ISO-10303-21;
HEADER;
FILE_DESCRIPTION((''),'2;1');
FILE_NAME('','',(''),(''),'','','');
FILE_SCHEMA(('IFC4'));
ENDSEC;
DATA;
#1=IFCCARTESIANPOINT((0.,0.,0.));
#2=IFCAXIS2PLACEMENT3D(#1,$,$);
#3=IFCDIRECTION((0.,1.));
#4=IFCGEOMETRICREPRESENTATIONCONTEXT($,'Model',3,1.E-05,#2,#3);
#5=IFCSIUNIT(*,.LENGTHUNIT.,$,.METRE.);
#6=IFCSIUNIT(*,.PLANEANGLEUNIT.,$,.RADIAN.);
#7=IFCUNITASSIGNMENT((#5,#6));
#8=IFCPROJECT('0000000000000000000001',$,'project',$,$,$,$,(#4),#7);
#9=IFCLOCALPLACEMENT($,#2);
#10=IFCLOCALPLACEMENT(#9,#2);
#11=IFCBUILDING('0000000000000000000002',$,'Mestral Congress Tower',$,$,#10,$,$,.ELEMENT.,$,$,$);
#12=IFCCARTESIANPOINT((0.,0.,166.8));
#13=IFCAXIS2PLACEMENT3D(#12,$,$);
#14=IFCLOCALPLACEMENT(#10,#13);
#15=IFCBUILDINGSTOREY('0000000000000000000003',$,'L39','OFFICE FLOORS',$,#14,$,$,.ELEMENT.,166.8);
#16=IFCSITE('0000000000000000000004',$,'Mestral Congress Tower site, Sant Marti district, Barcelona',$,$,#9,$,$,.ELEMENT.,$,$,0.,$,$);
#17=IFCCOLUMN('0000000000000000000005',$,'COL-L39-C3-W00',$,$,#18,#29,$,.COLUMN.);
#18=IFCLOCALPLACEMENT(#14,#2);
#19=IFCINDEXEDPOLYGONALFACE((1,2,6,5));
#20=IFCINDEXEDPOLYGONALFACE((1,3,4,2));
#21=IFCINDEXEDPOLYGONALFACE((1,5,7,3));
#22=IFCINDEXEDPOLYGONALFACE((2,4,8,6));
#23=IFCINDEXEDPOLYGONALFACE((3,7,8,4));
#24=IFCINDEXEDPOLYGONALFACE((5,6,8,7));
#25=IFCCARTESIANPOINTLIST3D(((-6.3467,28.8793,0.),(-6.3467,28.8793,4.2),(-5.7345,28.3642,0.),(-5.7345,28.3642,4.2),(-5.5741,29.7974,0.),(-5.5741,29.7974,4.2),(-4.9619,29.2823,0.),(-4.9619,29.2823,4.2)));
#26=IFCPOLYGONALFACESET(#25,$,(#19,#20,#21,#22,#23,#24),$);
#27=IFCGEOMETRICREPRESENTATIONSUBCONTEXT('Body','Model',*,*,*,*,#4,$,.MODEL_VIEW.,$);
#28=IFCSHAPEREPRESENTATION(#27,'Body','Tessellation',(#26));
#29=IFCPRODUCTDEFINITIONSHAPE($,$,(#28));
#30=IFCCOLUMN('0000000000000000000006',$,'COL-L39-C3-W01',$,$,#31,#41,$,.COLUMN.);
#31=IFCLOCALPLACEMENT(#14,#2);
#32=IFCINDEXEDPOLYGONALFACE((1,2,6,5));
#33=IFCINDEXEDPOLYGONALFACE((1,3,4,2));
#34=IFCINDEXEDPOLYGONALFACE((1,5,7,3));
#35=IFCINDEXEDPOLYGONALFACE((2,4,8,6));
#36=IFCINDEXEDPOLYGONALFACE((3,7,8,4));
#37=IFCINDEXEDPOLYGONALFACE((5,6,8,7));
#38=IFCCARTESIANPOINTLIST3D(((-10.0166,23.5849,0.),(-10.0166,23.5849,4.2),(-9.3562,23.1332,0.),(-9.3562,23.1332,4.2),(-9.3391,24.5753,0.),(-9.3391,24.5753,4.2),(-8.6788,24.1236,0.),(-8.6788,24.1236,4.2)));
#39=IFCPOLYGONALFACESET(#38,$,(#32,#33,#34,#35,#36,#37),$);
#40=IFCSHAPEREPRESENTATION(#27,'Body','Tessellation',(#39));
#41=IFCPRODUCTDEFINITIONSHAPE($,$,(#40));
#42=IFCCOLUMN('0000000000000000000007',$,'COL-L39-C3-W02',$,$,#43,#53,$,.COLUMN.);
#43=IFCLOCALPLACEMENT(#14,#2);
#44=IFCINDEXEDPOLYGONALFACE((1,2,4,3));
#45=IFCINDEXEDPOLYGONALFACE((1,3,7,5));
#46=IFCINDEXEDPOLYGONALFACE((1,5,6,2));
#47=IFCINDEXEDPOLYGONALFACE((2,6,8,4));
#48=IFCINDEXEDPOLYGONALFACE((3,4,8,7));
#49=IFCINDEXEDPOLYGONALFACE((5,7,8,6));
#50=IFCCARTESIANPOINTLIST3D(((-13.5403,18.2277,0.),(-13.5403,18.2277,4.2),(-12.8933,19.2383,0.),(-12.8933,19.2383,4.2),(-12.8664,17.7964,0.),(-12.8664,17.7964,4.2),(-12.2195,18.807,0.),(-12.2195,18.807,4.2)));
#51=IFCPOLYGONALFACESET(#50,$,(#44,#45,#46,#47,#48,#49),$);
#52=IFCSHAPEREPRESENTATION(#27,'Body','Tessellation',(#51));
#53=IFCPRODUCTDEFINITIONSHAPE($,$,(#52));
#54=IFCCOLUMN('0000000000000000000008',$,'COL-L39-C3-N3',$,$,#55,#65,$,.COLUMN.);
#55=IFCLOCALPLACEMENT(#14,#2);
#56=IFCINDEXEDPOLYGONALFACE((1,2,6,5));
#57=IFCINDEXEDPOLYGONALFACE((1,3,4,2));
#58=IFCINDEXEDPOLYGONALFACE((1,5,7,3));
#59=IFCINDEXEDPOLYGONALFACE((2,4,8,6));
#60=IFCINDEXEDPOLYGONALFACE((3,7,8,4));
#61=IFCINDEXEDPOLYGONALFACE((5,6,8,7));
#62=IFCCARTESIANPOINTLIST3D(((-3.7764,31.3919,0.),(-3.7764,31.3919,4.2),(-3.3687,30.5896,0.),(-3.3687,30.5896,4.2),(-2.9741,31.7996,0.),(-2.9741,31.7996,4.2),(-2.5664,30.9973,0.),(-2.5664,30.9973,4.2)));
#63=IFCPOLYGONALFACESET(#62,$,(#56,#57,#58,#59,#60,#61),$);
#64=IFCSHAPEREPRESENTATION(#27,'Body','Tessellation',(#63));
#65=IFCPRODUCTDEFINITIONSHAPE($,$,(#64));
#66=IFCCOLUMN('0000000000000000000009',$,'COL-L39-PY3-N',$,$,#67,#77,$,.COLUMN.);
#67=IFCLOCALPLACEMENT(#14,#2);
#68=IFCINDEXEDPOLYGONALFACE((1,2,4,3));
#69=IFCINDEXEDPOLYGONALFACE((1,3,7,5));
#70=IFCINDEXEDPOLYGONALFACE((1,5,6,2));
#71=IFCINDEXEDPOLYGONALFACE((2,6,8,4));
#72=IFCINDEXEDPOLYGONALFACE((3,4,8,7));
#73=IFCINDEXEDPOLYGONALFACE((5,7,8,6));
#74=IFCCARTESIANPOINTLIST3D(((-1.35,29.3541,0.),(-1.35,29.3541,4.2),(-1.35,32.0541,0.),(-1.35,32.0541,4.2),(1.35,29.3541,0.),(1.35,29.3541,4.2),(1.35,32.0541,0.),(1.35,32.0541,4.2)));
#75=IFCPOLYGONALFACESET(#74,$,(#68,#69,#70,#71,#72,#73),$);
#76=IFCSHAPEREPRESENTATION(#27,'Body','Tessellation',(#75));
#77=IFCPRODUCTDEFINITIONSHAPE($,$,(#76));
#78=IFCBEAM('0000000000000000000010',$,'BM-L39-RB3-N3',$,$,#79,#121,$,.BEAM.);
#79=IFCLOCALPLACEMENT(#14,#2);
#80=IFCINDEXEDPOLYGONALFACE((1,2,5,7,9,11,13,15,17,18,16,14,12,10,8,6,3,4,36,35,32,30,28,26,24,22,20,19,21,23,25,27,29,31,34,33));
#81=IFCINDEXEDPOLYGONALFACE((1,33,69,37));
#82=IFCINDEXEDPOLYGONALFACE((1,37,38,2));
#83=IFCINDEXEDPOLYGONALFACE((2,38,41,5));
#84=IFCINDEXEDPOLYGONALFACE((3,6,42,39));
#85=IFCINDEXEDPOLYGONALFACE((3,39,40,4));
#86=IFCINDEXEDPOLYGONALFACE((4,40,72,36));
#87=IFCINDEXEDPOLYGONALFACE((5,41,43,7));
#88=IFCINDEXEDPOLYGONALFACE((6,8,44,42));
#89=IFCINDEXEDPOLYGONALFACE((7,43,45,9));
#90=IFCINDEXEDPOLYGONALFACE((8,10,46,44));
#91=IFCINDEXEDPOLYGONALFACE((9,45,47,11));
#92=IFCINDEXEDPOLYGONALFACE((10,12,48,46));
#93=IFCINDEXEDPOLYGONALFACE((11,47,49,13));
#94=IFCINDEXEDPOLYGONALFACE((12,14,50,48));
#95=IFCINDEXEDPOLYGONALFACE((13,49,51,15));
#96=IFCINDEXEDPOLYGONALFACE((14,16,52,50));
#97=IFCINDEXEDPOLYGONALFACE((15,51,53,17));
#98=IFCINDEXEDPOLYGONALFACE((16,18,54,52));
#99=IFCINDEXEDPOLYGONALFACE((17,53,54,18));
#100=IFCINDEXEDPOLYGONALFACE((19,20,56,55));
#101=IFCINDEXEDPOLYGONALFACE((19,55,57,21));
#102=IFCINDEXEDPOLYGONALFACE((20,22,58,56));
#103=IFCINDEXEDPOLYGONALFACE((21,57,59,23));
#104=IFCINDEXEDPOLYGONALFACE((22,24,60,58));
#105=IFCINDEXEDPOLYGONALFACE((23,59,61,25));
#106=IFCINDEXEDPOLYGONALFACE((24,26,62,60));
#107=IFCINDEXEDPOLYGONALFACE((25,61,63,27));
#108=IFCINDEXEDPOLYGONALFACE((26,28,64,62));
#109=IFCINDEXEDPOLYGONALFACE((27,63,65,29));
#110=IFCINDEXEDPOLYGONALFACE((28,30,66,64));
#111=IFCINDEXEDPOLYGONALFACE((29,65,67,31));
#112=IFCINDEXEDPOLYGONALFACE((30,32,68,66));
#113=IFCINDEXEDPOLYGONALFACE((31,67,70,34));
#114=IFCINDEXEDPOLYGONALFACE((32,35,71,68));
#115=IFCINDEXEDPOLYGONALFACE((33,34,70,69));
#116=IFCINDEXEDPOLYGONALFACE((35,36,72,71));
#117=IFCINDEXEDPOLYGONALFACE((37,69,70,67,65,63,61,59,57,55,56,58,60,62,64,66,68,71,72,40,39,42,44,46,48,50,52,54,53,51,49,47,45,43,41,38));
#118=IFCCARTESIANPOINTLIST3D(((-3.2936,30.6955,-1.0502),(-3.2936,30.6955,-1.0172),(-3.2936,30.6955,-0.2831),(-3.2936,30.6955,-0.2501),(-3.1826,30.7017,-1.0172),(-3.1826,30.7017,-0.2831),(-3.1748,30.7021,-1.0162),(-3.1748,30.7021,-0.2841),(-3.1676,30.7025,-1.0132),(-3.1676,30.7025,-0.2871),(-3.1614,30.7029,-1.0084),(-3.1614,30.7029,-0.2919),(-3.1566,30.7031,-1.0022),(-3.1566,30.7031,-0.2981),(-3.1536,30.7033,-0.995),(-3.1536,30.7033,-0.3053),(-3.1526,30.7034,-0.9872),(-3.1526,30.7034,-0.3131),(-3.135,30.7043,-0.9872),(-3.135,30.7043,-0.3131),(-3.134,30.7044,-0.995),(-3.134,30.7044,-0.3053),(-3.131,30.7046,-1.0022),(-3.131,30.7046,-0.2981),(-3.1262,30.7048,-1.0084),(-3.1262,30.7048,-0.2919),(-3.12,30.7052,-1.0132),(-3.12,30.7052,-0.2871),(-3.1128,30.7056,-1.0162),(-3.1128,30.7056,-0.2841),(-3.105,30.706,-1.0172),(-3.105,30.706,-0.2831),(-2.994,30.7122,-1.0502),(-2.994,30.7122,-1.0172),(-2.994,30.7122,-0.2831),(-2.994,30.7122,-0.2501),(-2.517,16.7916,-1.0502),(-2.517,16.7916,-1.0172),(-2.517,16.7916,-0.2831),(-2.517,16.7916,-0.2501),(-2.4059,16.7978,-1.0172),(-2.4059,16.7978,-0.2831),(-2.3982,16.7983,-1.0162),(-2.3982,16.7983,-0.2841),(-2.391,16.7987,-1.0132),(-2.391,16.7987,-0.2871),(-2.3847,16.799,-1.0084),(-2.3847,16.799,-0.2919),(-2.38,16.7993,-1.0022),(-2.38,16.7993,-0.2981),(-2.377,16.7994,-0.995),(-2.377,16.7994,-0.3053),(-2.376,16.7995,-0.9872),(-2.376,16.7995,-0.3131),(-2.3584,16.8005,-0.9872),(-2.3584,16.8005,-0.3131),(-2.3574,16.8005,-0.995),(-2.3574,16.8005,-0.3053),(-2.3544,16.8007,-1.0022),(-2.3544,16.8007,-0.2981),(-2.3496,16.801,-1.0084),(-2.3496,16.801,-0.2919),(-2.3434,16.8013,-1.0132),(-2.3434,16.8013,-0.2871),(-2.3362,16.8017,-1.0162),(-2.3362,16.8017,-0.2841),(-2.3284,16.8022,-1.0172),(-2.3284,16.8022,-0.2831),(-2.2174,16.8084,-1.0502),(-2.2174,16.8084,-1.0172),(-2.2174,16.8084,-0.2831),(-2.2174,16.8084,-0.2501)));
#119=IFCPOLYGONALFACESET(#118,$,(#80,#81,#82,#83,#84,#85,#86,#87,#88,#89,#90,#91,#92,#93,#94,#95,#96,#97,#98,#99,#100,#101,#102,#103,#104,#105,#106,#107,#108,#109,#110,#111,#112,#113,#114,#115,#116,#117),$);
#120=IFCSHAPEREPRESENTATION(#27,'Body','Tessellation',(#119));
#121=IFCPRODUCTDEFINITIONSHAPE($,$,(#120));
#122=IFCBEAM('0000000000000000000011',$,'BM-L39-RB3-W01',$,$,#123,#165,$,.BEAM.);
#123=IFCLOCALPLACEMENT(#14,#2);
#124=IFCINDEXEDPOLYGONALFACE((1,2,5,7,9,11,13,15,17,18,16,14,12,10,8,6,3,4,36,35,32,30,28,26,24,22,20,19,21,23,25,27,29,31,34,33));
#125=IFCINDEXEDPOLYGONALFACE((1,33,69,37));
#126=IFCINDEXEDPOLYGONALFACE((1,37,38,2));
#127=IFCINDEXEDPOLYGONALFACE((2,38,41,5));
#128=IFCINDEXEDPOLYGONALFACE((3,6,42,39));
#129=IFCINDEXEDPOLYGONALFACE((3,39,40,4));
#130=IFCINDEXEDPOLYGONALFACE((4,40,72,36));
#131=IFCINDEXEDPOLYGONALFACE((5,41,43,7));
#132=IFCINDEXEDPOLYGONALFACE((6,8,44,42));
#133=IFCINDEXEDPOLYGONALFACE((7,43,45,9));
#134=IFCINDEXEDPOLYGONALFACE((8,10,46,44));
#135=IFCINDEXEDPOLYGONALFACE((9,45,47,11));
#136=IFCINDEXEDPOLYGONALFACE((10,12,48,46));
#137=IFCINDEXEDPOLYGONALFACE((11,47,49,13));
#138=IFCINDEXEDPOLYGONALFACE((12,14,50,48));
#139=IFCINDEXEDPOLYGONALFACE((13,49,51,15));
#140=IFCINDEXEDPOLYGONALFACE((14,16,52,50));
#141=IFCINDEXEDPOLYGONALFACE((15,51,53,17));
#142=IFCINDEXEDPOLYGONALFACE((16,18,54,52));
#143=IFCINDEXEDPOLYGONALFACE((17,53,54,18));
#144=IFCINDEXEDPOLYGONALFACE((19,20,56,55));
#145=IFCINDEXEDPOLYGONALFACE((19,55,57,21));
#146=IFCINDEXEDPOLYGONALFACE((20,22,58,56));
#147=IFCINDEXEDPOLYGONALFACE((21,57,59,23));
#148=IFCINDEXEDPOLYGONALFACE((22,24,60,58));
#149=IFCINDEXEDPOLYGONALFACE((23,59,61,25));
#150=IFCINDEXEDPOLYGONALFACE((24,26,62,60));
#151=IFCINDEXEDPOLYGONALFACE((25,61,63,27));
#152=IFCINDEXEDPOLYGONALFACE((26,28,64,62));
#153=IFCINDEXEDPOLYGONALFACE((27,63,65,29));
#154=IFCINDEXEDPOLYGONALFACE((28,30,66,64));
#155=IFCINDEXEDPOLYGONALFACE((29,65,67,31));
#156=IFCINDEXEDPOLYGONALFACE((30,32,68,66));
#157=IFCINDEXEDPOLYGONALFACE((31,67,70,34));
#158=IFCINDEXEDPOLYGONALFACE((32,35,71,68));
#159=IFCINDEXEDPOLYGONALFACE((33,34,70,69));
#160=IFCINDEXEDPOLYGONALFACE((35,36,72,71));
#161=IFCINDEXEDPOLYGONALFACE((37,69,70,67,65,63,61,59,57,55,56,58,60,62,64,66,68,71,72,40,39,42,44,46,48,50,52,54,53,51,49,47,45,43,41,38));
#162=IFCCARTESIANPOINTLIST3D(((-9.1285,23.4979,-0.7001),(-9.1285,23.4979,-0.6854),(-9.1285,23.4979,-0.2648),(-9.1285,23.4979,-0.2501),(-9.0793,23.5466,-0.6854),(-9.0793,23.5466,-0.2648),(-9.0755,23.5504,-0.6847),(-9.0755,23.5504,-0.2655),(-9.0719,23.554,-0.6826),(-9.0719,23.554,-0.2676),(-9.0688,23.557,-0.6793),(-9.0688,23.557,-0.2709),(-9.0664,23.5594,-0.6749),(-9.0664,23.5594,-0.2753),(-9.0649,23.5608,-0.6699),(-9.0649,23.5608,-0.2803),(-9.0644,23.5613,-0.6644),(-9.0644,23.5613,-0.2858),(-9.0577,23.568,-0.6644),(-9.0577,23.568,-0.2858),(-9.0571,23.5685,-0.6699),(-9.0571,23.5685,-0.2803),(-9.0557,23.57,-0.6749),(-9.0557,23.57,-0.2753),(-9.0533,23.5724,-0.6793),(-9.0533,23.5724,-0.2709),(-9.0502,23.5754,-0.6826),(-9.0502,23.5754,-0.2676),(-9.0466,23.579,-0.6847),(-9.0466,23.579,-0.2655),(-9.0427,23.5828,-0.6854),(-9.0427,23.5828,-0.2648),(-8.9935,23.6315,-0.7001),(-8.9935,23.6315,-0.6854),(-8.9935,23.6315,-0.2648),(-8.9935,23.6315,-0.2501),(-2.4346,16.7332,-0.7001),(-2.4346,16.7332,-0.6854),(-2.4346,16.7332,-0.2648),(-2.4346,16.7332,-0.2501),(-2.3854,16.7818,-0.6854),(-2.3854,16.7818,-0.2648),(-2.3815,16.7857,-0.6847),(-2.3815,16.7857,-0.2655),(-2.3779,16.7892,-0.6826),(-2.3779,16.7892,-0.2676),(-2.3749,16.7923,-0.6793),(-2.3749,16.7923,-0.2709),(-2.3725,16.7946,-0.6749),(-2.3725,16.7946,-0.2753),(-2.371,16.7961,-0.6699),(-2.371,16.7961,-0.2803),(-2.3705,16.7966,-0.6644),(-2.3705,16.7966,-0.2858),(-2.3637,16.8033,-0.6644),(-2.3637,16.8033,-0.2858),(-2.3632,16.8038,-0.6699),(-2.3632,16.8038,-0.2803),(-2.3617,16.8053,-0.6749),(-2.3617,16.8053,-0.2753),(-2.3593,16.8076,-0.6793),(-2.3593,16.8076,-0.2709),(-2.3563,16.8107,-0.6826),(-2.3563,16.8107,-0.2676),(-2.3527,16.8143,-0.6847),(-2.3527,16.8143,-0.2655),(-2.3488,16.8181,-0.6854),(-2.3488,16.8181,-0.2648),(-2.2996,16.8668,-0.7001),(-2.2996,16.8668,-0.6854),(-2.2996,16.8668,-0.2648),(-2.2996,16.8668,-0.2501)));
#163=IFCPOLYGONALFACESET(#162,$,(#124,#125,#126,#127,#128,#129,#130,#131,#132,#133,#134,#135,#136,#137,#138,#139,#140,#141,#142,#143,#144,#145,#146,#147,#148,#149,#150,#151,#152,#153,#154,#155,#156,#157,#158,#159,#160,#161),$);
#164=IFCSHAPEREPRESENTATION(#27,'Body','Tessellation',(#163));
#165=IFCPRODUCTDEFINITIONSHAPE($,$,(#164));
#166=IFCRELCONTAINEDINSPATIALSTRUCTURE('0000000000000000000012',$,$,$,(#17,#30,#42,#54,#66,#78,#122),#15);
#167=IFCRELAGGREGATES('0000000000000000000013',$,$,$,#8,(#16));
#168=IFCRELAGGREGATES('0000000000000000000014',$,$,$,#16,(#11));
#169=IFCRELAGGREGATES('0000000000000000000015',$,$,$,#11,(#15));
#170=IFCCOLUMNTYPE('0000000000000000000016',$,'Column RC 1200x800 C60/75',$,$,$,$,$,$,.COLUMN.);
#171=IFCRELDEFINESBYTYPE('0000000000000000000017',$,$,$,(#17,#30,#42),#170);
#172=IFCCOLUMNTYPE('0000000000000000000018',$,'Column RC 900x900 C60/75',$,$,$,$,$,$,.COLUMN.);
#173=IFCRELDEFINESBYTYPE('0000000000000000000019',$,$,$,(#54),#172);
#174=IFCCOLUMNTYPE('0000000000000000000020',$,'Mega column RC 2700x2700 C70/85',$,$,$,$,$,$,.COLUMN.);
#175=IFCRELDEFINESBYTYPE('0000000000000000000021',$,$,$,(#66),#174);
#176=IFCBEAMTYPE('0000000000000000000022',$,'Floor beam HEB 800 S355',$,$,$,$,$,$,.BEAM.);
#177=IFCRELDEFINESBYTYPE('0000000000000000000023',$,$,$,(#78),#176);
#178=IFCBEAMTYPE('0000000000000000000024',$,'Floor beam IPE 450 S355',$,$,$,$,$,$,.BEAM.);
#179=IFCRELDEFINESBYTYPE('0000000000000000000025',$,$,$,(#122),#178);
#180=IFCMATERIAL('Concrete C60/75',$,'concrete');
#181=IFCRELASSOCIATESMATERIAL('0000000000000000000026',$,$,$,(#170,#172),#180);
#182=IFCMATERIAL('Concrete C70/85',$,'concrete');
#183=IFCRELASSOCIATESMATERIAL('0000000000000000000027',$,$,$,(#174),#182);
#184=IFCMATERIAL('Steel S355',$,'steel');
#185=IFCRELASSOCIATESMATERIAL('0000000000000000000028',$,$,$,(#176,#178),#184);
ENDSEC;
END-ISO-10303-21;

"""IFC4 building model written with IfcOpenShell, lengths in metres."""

from ifc_helpers import new_model, si_unit, direction, frame, origin, origin_2d, place, context, subcontext, project, spatial, rectangle, i_section, extrude, material, material_profile, profile_set, type_object, element, save


model = new_model("IFC4")

# Units and contexts
model_context = context("Model", 3, precision=1e-05, world=origin(), true_north=direction((0.0, 1.0)))
body_context = subcontext(model_context, "Body", "Model", "MODEL_VIEW")
ifc_project = project(units=[si_unit("LENGTHUNIT", "METRE"), si_unit("PLANEANGLEUNIT", "RADIAN")], contexts=[model_context])

# Site, building, storey
site_placement = place(None, origin())
site = spatial("IfcSite", under=ifc_project, at=site_placement, Name="Mestral Congress Tower site, Sant Marti district, Barcelona", CompositionType="ELEMENT", RefElevation=0.0)
building_placement = place(site_placement, origin())
building = spatial("IfcBuilding", under=site, at=building_placement, Name="Mestral Congress Tower", CompositionType="ELEMENT")
storey_placement = place(building_placement, frame((0.0, 0.0, 166.8)))
storey = spatial("IfcBuildingStorey", under=building, at=storey_placement, Name="L39", Description="OFFICE FLOORS", CompositionType="ELEMENT", Elevation=166.8)

# Columns
ifc_material_1 = material(Name="Concrete C60/75", Category="concrete")
ifc_material_profile_1 = material_profile(ifc_material_1, rectangle(XDim=1.2, YDim=0.8, at=origin_2d()), Name="RC 1200x800")
ifc_profile_set_1 = profile_set([ifc_material_profile_1], Name="Concrete C60/75")
column_type_1 = type_object("IfcColumnType", Name="Column RC 1200x800 C60/75", PredefinedType="COLUMN", material=ifc_profile_set_1)
for number, where, z_axis, x_axis, name in (
    (1, (-5.6543, 29.0808, 0.0), (0.0, 0.0, 1.0), (-0.643827, -0.765171, 0.0), "COL-L39-C3-W00"),
    (2, (-9.3477, 23.8542, 0.0), (0.0, 0.0, 1.0), (-0.564568, -0.825387, 0.0), "COL-L39-C3-W01"),
    (3, (-12.8799, 18.5173, 0.0), (0.0, 0.0, 1.0), (-0.539115, -0.842232, 0.0), "COL-L39-C3-W02"),
):
    element("IfcColumn", number, at=place(storey_placement, frame(where, z_axis=z_axis, x_axis=x_axis)), inside=storey, type_object=column_type_1, Name=name, PredefinedType="COLUMN", context=body_context, shape_type="SweptSolid", body=[
        extrude(rectangle(XDim=1.2, YDim=0.8, at=origin_2d()), origin(), (0.0, 0.0, 1.0), 4.2),
    ])
ifc_material_profile_2 = material_profile(ifc_material_1, rectangle(XDim=0.8999, YDim=0.8999, at=origin_2d()), Name="RC 900x900")
ifc_profile_set_2 = profile_set([ifc_material_profile_2], Name="Concrete C60/75")
column_type_2 = type_object("IfcColumnType", Name="Column RC 900x900 C60/75", PredefinedType="COLUMN", material=ifc_profile_set_2)
column_1_placement = place(storey_placement, frame((-3.1714, 31.1946, 0.0), z_axis=(0.0, 0.0, 1.0), x_axis=(-0.891486, -0.453048, 0.0)))
element("IfcColumn", 4, at=column_1_placement, inside=storey, type_object=column_type_2, Name="COL-L39-C3-N3", PredefinedType="COLUMN", context=body_context, shape_type="SweptSolid", body=[
    extrude(rectangle(XDim=0.8999, YDim=0.8999, at=origin_2d()), origin(), (0.0, 0.0, 1.0), 4.2),
])
ifc_material_2 = material(Name="Concrete C70/85", Category="concrete")
ifc_material_profile_3 = material_profile(ifc_material_2, rectangle(XDim=2.7, YDim=2.7, at=origin_2d()), Name="RC 2700x2700")
ifc_profile_set_3 = profile_set([ifc_material_profile_3], Name="Concrete C70/85")
column_type_3 = type_object("IfcColumnType", Name="Mega column RC 2700x2700 C70/85", PredefinedType="COLUMN", material=ifc_profile_set_3)
column_2_placement = place(storey_placement, frame((0.0, 30.7041, 0.0), z_axis=(0.0, 0.0, 1.0), x_axis=(0.0, 1.0, 0.0)))
element("IfcColumn", 5, at=column_2_placement, inside=storey, type_object=column_type_3, Name="COL-L39-PY3-N", PredefinedType="COLUMN", context=body_context, shape_type="SweptSolid", body=[
    extrude(rectangle(XDim=2.7, YDim=2.7, at=origin_2d()), origin(), (0.0, 0.0, 1.0), 4.2),
])

# Beams
ifc_material_3 = material(Name="Steel S355", Category="steel")
ifc_material_profile_4 = material_profile(ifc_material_3, i_section(OverallWidth=0.3, OverallDepth=0.8, WebThickness=0.0176, FlangeThickness=0.033, FilletRadius=0.03, at=origin_2d()), Name="HEB 800")
ifc_profile_set_4 = profile_set([ifc_material_profile_4], Name="Steel S355")
beam_type_1 = type_object("IfcBeamType", Name="Floor beam HEB 800 S355", PredefinedType="BEAM", material=ifc_profile_set_4)
beam_1_placement = place(storey_placement, frame((-3.1438, 30.7039, -0.6501), z_axis=(0.055769, -0.998444, 0.0), x_axis=(0.998444, 0.055769, 0.0)))
element("IfcBeam", 6, at=beam_1_placement, inside=storey, type_object=beam_type_1, Name="BM-L39-RB3-N3", PredefinedType="BEAM", context=body_context, shape_type="SweptSolid", body=[
    extrude(i_section(OverallWidth=0.3, OverallDepth=0.8, WebThickness=0.0176, FlangeThickness=0.033, FilletRadius=0.03, at=origin_2d()), origin(), (0.0, 0.0, 1.0), 13.9255),
])
ifc_material_profile_5 = material_profile(ifc_material_3, i_section(OverallWidth=0.1899, OverallDepth=0.45, WebThickness=0.0095, FlangeThickness=0.0146, FilletRadius=0.021, at=origin_2d()), Name="IPE 450")
ifc_profile_set_5 = profile_set([ifc_material_profile_5], Name="Steel S355")
beam_type_2 = type_object("IfcBeamType", Name="Floor beam IPE 450 S355", PredefinedType="BEAM", material=ifc_profile_set_5)
beam_2_placement = place(storey_placement, frame((-9.061, 23.5647, -0.4751), z_axis=(0.703377, -0.710817, 0.0), x_axis=(0.710817, 0.703377, 0.0)))
element("IfcBeam", 7, at=beam_2_placement, inside=storey, type_object=beam_type_2, Name="BM-L39-RB3-W01", PredefinedType="BEAM", context=body_context, shape_type="SweptSolid", body=[
    extrude(i_section(OverallWidth=0.1899, OverallDepth=0.45, WebThickness=0.0095, FlangeThickness=0.0146, FilletRadius=0.021, at=origin_2d()), origin(), (0.0, 0.0, 1.0), 9.5168),
])

save(model, "model.ifc")
